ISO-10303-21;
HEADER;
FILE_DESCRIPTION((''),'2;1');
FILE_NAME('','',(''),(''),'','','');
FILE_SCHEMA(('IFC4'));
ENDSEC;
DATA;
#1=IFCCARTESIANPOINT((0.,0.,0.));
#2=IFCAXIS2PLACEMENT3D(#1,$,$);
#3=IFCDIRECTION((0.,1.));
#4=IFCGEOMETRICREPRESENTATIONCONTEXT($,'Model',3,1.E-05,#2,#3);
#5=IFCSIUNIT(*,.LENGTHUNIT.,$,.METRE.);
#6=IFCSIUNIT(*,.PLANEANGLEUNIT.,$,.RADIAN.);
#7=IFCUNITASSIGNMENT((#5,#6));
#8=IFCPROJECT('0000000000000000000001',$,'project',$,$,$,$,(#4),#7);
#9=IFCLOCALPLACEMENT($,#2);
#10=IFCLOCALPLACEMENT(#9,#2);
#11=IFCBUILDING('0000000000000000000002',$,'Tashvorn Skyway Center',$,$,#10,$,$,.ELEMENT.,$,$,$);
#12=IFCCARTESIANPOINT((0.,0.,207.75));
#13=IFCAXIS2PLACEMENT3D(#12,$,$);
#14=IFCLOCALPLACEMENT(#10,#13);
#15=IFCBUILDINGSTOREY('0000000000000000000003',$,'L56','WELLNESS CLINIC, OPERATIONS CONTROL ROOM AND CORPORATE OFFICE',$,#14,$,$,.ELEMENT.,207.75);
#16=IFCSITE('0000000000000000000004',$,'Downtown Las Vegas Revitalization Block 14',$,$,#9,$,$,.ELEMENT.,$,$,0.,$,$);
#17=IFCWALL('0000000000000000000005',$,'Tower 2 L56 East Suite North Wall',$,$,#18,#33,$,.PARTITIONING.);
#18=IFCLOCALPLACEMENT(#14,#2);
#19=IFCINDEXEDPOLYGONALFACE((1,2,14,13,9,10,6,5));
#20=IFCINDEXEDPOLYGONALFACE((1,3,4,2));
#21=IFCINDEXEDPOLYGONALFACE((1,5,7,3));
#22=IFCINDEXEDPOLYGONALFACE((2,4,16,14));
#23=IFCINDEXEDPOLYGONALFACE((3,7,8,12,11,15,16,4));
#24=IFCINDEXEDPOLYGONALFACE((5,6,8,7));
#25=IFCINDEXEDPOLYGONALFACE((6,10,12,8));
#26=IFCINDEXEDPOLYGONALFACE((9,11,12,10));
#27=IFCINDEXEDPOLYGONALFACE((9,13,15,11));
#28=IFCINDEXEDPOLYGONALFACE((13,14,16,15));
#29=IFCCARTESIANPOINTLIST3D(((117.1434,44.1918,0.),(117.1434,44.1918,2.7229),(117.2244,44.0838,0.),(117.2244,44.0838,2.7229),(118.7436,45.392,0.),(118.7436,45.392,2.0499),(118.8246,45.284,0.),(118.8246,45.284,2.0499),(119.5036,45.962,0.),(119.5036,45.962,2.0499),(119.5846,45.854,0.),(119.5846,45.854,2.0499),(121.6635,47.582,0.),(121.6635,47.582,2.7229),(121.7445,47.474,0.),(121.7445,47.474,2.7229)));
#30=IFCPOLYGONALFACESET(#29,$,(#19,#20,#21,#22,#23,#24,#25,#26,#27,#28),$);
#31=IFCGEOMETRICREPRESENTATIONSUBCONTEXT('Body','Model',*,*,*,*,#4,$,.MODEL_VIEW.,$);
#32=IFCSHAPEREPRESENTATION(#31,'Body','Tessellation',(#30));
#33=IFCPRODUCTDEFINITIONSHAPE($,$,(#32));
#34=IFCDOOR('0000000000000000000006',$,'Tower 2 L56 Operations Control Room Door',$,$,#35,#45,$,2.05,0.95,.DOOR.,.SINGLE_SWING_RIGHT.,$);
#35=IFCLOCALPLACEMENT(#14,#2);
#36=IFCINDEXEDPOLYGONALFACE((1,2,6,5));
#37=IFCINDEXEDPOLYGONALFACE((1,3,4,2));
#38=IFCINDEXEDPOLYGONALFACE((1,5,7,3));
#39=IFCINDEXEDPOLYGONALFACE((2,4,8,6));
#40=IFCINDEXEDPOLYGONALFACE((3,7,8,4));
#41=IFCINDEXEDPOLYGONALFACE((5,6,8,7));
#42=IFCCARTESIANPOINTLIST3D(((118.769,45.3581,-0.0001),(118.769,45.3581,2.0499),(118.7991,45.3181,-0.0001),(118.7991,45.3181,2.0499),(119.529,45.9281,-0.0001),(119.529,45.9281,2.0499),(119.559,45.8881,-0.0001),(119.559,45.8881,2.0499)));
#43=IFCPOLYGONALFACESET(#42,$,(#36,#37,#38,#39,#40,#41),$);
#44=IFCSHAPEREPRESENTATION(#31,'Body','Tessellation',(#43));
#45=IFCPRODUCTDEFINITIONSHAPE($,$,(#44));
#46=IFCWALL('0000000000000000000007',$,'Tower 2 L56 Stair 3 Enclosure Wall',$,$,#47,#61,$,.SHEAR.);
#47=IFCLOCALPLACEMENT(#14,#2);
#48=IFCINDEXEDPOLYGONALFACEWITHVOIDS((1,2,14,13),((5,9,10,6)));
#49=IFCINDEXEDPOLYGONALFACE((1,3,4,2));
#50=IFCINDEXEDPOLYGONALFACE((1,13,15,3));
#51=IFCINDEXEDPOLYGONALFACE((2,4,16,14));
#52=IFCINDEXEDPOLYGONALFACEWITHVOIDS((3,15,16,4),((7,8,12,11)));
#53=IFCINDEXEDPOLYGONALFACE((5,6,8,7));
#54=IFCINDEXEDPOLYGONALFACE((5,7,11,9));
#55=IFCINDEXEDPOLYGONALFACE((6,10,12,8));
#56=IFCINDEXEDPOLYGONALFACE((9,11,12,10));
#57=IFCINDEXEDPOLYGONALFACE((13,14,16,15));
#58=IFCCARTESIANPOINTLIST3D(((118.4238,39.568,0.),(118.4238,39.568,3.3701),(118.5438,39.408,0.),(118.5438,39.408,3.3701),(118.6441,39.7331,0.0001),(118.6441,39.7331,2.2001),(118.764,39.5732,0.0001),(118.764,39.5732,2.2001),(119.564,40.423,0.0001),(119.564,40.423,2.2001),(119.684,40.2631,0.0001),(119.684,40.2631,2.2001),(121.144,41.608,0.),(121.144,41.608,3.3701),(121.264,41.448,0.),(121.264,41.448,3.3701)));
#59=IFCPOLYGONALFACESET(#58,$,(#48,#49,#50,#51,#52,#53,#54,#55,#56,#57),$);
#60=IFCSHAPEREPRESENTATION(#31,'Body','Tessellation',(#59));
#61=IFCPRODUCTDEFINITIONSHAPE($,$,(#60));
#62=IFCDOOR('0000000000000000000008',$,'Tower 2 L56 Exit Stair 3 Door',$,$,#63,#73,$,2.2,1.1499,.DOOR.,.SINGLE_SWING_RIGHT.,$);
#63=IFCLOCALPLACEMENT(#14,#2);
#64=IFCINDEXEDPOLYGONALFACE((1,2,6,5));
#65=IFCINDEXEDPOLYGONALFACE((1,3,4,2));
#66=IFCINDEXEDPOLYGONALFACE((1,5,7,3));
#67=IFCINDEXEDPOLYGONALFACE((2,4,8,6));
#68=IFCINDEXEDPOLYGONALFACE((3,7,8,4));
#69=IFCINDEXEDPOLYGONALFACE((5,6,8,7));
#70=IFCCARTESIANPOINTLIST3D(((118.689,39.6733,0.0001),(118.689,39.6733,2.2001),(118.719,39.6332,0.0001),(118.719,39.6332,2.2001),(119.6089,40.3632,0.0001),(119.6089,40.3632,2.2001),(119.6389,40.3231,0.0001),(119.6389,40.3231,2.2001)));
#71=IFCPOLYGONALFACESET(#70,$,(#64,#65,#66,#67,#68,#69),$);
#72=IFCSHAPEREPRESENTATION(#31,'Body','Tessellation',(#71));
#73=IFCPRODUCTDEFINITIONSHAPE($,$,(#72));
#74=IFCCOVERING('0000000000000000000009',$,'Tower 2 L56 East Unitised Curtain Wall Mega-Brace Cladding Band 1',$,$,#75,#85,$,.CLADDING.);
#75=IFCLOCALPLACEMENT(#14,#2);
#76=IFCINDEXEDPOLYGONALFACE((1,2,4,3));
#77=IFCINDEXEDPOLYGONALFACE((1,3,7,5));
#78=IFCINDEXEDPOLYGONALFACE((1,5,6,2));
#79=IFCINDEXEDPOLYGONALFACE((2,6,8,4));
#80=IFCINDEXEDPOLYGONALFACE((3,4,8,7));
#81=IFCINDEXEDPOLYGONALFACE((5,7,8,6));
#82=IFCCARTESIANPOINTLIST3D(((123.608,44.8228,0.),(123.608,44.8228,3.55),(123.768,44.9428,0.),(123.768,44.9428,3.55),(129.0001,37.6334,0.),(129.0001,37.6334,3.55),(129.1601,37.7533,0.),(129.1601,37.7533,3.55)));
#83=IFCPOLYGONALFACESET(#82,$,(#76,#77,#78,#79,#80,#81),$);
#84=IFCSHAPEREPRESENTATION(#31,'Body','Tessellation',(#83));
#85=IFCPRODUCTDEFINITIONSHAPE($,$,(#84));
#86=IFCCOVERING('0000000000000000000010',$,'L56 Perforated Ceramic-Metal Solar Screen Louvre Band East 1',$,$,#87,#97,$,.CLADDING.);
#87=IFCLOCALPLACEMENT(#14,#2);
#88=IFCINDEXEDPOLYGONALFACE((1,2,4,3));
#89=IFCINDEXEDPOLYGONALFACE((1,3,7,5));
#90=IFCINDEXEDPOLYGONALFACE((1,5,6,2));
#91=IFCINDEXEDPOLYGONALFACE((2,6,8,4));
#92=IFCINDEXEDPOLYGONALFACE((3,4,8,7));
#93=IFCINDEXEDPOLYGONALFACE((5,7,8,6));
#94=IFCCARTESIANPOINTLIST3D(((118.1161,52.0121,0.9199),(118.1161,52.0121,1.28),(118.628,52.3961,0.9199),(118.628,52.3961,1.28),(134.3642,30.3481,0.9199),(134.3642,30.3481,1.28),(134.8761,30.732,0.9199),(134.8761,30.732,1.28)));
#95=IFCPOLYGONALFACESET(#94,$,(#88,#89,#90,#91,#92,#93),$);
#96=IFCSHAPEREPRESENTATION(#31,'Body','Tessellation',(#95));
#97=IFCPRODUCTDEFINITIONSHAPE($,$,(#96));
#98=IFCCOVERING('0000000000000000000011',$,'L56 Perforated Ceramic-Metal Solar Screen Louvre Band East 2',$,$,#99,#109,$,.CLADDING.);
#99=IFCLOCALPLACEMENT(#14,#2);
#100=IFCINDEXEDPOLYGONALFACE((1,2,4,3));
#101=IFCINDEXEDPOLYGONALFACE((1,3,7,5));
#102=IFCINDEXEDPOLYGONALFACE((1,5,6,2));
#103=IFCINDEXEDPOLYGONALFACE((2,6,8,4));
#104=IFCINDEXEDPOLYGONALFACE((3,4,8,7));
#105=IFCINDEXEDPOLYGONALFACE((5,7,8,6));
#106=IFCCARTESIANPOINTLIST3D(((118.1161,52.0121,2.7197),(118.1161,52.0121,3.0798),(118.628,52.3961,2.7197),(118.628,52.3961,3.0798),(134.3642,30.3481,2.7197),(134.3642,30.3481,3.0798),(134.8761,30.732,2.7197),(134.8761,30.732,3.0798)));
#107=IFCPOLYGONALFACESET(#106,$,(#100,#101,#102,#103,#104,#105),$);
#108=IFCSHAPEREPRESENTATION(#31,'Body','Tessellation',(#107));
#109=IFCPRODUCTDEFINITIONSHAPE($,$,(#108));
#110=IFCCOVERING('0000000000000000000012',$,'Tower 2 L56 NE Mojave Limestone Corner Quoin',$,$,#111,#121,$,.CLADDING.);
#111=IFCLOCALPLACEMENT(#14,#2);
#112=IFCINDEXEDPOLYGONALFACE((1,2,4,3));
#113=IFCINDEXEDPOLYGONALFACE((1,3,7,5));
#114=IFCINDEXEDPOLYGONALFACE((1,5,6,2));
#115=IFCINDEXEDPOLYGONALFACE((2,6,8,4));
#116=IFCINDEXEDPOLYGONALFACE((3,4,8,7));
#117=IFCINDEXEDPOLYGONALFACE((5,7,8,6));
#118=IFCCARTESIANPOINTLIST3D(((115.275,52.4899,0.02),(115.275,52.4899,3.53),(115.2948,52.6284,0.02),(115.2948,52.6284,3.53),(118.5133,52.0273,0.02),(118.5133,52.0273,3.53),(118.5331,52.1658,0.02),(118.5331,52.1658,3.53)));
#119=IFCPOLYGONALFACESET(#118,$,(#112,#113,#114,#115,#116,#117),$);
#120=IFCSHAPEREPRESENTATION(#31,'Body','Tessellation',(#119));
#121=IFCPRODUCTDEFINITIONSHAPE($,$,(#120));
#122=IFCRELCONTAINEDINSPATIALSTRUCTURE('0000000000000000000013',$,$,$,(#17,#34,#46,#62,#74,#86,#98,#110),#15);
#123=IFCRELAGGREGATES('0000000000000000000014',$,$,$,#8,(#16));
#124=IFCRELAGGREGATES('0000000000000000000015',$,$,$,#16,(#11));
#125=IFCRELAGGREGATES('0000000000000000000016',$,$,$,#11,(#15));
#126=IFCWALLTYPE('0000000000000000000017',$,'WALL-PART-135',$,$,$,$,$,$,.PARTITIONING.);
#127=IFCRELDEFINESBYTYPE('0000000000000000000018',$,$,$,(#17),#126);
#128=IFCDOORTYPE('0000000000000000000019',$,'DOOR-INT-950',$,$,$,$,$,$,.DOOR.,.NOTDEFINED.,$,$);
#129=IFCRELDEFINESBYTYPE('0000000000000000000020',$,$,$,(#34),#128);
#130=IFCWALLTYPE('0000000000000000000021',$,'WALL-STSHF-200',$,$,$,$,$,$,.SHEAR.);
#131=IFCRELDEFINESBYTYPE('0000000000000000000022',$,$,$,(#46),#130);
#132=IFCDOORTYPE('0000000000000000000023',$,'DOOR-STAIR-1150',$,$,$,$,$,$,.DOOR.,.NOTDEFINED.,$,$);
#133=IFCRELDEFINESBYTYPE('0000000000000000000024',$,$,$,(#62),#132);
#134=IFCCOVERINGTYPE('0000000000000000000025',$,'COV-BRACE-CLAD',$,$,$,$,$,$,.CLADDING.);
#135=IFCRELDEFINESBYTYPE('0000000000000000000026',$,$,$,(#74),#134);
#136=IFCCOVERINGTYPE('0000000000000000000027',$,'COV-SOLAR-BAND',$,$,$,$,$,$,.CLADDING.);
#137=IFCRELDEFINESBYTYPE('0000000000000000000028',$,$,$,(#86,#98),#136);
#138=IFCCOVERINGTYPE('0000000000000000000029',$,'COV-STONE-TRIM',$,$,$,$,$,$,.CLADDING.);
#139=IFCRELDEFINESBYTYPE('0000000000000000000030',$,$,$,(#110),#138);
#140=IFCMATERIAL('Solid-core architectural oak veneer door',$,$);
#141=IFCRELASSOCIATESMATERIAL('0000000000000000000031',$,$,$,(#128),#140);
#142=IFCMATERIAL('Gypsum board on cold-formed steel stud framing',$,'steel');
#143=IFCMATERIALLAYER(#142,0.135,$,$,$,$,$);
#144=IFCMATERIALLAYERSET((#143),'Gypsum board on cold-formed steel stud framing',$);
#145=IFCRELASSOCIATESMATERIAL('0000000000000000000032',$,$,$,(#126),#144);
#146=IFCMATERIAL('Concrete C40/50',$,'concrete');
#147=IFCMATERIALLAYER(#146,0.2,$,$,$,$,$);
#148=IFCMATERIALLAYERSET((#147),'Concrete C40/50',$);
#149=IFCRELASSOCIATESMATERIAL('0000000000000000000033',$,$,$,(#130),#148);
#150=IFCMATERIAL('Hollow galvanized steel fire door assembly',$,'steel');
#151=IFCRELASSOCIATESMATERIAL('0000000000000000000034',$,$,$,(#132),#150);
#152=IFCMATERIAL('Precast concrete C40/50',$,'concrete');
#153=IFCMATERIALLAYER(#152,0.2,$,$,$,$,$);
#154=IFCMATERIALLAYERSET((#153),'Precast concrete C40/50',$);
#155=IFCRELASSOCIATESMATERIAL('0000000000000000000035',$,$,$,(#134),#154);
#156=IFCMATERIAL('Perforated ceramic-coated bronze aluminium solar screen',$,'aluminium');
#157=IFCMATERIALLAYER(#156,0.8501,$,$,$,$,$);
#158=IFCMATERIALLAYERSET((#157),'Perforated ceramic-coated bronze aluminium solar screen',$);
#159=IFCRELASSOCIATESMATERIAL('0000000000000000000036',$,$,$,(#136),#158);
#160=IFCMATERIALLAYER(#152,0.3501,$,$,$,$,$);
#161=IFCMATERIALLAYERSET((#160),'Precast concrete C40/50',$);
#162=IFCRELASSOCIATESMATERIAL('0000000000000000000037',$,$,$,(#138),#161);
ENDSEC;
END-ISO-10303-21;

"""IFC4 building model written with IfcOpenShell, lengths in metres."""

from ifc_helpers import new_model, si_unit, direction, frame, frame_2d, origin, origin_2d, place, context, subcontext, project, spatial, rectangle, extrude, material, layer, layer_set, type_object, element, fill, save


model = new_model("IFC4")

# Units and contexts
model_context = context("Model", 3, precision=1e-05, world=origin(), true_north=direction((0.0, 1.0)))
body_context = subcontext(model_context, "Body", "Model", "MODEL_VIEW")
ifc_project = project(units=[si_unit("LENGTHUNIT", "METRE"), si_unit("PLANEANGLEUNIT", "RADIAN")], contexts=[model_context])

# Site, building, storey
site_placement = place(None, origin())
site = spatial("IfcSite", under=ifc_project, at=site_placement, Name="Downtown Las Vegas Revitalization Block 14", CompositionType="ELEMENT", RefElevation=0.0)
building_placement = place(site_placement, origin())
building = spatial("IfcBuilding", under=site, at=building_placement, Name="Tashvorn Skyway Center", CompositionType="ELEMENT")
storey_placement = place(building_placement, frame((0.0, 0.0, 207.75)))
storey = spatial("IfcBuildingStorey", under=building, at=storey_placement, Name="L56", Description="WELLNESS CLINIC, OPERATIONS CONTROL ROOM AND CORPORATE OFFICE", CompositionType="ELEMENT", Elevation=207.75)

# Shared definitions
ifc_material_1 = material(Name="Precast concrete C40/50", Category="concrete")

# Shared definitions
ifc_material_2 = material(Name="Gypsum board on cold-formed steel stud framing", Category="steel")
ifc_material_3 = material(Name="Solid-core architectural oak veneer door")
door_type_1 = type_object("IfcDoorType", Name="DOOR-INT-950", OperationType="NOTDEFINED", PredefinedType="DOOR", material=ifc_material_3)

# Shared definitions
ifc_layer_1 = layer(ifc_material_2, 0.135)
ifc_layer_set_1 = layer_set([ifc_layer_1], Name="Gypsum board on cold-formed steel stud framing")
wall_type_1 = type_object("IfcWallType", Name="WALL-PART-135", PredefinedType="PARTITIONING", material=ifc_layer_set_1)

# Walls, openings, doors
wall_1_placement = place(storey_placement, frame((121.7041, 47.5281, 0.0), z_axis=(0.0, 0.0, 1.0), x_axis=(-0.79999, -0.600014, 0.0)))
wall_1 = element("IfcWall", 1, at=wall_1_placement, inside=storey, type_object=wall_type_1, Name="Tower 2 L56 East Suite North Wall", PredefinedType="PARTITIONING", context=body_context, shape_type="SweptSolid", body=[
    extrude(rectangle(XDim=5.6501, YDim=0.135, at=frame_2d((2.8252, 0.0))), origin(), (0.0, 0.0, 1.0), 2.7229),
])
opening_1_placement = place(wall_1_placement, frame((2.7, 0.0, 0.0)))
opening_1 = element("IfcOpeningElement", 2, at=opening_1_placement, cuts=wall_1, PredefinedType="OPENING", context=body_context, shape_type="SweptSolid", body=[
    extrude(rectangle(XDim=0.95, YDim=2.05, at=frame_2d((0.4751, 1.0249))), frame((0.0, 0.0774, 0.0), z_axis=(0.0, -1.0, 0.0), x_axis=(1.0, 0.0, 0.0)), (0.0, 0.0, 1.0), 0.155),
])
door_1_placement = place(opening_1_placement, origin())
door_1 = element("IfcDoor", 3, at=door_1_placement, inside=storey, type_object=door_type_1, Name="Tower 2 L56 Operations Control Room Door", OperationType="SINGLE_SWING_RIGHT", OverallHeight=2.05, OverallWidth=0.95, PredefinedType="DOOR", context=body_context, shape_type="SweptSolid", body=[
    extrude(rectangle(XDim=0.95, YDim=2.05, at=frame_2d((0.4751, 1.0249))), frame((0.0, 0.0249, 0.0), z_axis=(0.0, -1.0, 0.0), x_axis=(1.0, 0.0, 0.0)), (0.0, 0.0, 1.0), 0.05),
])
fill(opening_1, door_1)
ifc_material_4 = material(Name="Concrete C40/50", Category="concrete")
ifc_layer_2 = layer(ifc_material_4, 0.2)
ifc_layer_set_2 = layer_set([ifc_layer_2], Name="Concrete C40/50")
wall_type_2 = type_object("IfcWallType", Name="WALL-STSHF-200", PredefinedType="SHEAR", material=ifc_layer_set_2)
wall_2_placement = place(storey_placement, frame((121.2041, 41.5281, 0.0), z_axis=(0.0, 0.0, 1.0), x_axis=(-0.800017, -0.599977, 0.0)))
wall_2 = element("IfcWall", 4, at=wall_2_placement, inside=storey, type_object=wall_type_2, Name="Tower 2 L56 Stair 3 Enclosure Wall", PredefinedType="SHEAR", context=body_context, shape_type="SweptSolid", body=[
    extrude(rectangle(XDim=3.4001, YDim=0.2, at=frame_2d((1.7002, 0.0))), origin(), (0.0, 0.0, 1.0), 3.3701),
])
opening_2_placement = place(wall_2_placement, frame((1.9751, 0.0, 0.0)))
opening_2 = element("IfcOpeningElement", 5, at=opening_2_placement, cuts=wall_2, PredefinedType="OPENING", context=body_context, shape_type="SweptSolid", body=[
    extrude(rectangle(XDim=1.1499, YDim=2.2, at=frame_2d((0.575, 1.1001))), frame((0.0, 0.1099, 0.0), z_axis=(0.0, -1.0, 0.0), x_axis=(1.0, 0.0, 0.0)), (0.0, 0.0, 1.0), 0.22),
])
ifc_material_5 = material(Name="Hollow galvanized steel fire door assembly", Category="steel")
door_type_2 = type_object("IfcDoorType", Name="DOOR-STAIR-1150", OperationType="NOTDEFINED", PredefinedType="DOOR", material=ifc_material_5)
door_2_placement = place(opening_2_placement, origin())
door_2 = element("IfcDoor", 6, at=door_2_placement, inside=storey, type_object=door_type_2, Name="Tower 2 L56 Exit Stair 3 Door", OperationType="SINGLE_SWING_RIGHT", OverallHeight=2.2, OverallWidth=1.1499, PredefinedType="DOOR", context=body_context, shape_type="SweptSolid", body=[
    extrude(rectangle(XDim=1.1499, YDim=2.2, at=frame_2d((0.575, 1.1001))), frame((0.0, 0.0249, 0.0), z_axis=(0.0, -1.0, 0.0), x_axis=(1.0, 0.0, 0.0)), (0.0, 0.0, 1.0), 0.05),
])
fill(opening_2, door_2)

# Coverings
ifc_layer_3 = layer(ifc_material_1, 0.2)
ifc_layer_set_3 = layer_set([ifc_layer_3], Name="Precast concrete C40/50")
covering_type_1 = type_object("IfcCoveringType", Name="COV-BRACE-CLAD", PredefinedType="CLADDING", material=ifc_layer_set_3)
covering_1_placement = place(storey_placement, frame((126.384, 41.2881, 0.0), z_axis=(0.0, 0.0, 1.0), x_axis=(0.6, -0.8, 0.0)))
element("IfcCovering", 7, at=covering_1_placement, inside=storey, type_object=covering_type_1, Name="Tower 2 L56 East Unitised Curtain Wall Mega-Brace Cladding Band 1", PredefinedType="CLADDING", context=body_context, shape_type="SweptSolid", body=[
    extrude(rectangle(XDim=8.9868, YDim=0.2, at=origin_2d()), origin(), (0.0, 0.0, 1.0), 3.55),
])
ifc_material_6 = material(Name="Perforated ceramic-coated bronze aluminium solar screen", Category="aluminium")
ifc_layer_4 = layer(ifc_material_6, 0.8501)
ifc_layer_set_4 = layer_set([ifc_layer_4], Name="Perforated ceramic-coated bronze aluminium solar screen")
covering_type_2 = type_object("IfcCoveringType", Name="COV-SOLAR-BAND", PredefinedType="CLADDING", material=ifc_layer_set_4)
for number, where, z_axis, x_axis, name in (
    (8, (126.4961, 41.3721, 0.9199), (0.0, 0.0, 1.0), (0.6, -0.8, 0.0), "L56 Perforated Ceramic-Metal Solar Screen Louvre Band East 1"),
    (9, (126.4961, 41.3721, 2.7197), (0.0, 0.0, 1.0), (0.6, -0.8, 0.0), "L56 Perforated Ceramic-Metal Solar Screen Louvre Band East 2"),
):
    element("IfcCovering", number, at=place(storey_placement, frame(where, z_axis=z_axis, x_axis=x_axis)), inside=storey, type_object=covering_type_2, Name=name, PredefinedType="CLADDING", context=body_context, shape_type="SweptSolid", body=[
        extrude(rectangle(XDim=27.0801, YDim=0.6399, at=origin_2d()), origin(), (0.0, 0.0, 1.0), 0.3601),
    ])
ifc_layer_5 = layer(ifc_material_1, 0.3501)
ifc_layer_set_5 = layer_set([ifc_layer_5], Name="Precast concrete C40/50")
covering_type_3 = type_object("IfcCoveringType", Name="COV-STONE-TRIM", PredefinedType="CLADDING", material=ifc_layer_set_5)
covering_2_placement = place(storey_placement, frame((116.9041, 52.3279, 0.02), z_axis=(0.0, 0.0, 1.0), x_axis=(0.989949, -0.141421, 0.0)))
element("IfcCovering", 10, at=covering_2_placement, inside=storey, type_object=covering_type_3, Name="Tower 2 L56 NE Mojave Limestone Corner Quoin", PredefinedType="CLADDING", context=body_context, shape_type="SweptSolid", body=[
    extrude(rectangle(XDim=3.2712, YDim=0.1399, at=origin_2d()), origin(), (0.0, 0.0, 1.0), 3.51),
])

save(model, "model.ifc")
